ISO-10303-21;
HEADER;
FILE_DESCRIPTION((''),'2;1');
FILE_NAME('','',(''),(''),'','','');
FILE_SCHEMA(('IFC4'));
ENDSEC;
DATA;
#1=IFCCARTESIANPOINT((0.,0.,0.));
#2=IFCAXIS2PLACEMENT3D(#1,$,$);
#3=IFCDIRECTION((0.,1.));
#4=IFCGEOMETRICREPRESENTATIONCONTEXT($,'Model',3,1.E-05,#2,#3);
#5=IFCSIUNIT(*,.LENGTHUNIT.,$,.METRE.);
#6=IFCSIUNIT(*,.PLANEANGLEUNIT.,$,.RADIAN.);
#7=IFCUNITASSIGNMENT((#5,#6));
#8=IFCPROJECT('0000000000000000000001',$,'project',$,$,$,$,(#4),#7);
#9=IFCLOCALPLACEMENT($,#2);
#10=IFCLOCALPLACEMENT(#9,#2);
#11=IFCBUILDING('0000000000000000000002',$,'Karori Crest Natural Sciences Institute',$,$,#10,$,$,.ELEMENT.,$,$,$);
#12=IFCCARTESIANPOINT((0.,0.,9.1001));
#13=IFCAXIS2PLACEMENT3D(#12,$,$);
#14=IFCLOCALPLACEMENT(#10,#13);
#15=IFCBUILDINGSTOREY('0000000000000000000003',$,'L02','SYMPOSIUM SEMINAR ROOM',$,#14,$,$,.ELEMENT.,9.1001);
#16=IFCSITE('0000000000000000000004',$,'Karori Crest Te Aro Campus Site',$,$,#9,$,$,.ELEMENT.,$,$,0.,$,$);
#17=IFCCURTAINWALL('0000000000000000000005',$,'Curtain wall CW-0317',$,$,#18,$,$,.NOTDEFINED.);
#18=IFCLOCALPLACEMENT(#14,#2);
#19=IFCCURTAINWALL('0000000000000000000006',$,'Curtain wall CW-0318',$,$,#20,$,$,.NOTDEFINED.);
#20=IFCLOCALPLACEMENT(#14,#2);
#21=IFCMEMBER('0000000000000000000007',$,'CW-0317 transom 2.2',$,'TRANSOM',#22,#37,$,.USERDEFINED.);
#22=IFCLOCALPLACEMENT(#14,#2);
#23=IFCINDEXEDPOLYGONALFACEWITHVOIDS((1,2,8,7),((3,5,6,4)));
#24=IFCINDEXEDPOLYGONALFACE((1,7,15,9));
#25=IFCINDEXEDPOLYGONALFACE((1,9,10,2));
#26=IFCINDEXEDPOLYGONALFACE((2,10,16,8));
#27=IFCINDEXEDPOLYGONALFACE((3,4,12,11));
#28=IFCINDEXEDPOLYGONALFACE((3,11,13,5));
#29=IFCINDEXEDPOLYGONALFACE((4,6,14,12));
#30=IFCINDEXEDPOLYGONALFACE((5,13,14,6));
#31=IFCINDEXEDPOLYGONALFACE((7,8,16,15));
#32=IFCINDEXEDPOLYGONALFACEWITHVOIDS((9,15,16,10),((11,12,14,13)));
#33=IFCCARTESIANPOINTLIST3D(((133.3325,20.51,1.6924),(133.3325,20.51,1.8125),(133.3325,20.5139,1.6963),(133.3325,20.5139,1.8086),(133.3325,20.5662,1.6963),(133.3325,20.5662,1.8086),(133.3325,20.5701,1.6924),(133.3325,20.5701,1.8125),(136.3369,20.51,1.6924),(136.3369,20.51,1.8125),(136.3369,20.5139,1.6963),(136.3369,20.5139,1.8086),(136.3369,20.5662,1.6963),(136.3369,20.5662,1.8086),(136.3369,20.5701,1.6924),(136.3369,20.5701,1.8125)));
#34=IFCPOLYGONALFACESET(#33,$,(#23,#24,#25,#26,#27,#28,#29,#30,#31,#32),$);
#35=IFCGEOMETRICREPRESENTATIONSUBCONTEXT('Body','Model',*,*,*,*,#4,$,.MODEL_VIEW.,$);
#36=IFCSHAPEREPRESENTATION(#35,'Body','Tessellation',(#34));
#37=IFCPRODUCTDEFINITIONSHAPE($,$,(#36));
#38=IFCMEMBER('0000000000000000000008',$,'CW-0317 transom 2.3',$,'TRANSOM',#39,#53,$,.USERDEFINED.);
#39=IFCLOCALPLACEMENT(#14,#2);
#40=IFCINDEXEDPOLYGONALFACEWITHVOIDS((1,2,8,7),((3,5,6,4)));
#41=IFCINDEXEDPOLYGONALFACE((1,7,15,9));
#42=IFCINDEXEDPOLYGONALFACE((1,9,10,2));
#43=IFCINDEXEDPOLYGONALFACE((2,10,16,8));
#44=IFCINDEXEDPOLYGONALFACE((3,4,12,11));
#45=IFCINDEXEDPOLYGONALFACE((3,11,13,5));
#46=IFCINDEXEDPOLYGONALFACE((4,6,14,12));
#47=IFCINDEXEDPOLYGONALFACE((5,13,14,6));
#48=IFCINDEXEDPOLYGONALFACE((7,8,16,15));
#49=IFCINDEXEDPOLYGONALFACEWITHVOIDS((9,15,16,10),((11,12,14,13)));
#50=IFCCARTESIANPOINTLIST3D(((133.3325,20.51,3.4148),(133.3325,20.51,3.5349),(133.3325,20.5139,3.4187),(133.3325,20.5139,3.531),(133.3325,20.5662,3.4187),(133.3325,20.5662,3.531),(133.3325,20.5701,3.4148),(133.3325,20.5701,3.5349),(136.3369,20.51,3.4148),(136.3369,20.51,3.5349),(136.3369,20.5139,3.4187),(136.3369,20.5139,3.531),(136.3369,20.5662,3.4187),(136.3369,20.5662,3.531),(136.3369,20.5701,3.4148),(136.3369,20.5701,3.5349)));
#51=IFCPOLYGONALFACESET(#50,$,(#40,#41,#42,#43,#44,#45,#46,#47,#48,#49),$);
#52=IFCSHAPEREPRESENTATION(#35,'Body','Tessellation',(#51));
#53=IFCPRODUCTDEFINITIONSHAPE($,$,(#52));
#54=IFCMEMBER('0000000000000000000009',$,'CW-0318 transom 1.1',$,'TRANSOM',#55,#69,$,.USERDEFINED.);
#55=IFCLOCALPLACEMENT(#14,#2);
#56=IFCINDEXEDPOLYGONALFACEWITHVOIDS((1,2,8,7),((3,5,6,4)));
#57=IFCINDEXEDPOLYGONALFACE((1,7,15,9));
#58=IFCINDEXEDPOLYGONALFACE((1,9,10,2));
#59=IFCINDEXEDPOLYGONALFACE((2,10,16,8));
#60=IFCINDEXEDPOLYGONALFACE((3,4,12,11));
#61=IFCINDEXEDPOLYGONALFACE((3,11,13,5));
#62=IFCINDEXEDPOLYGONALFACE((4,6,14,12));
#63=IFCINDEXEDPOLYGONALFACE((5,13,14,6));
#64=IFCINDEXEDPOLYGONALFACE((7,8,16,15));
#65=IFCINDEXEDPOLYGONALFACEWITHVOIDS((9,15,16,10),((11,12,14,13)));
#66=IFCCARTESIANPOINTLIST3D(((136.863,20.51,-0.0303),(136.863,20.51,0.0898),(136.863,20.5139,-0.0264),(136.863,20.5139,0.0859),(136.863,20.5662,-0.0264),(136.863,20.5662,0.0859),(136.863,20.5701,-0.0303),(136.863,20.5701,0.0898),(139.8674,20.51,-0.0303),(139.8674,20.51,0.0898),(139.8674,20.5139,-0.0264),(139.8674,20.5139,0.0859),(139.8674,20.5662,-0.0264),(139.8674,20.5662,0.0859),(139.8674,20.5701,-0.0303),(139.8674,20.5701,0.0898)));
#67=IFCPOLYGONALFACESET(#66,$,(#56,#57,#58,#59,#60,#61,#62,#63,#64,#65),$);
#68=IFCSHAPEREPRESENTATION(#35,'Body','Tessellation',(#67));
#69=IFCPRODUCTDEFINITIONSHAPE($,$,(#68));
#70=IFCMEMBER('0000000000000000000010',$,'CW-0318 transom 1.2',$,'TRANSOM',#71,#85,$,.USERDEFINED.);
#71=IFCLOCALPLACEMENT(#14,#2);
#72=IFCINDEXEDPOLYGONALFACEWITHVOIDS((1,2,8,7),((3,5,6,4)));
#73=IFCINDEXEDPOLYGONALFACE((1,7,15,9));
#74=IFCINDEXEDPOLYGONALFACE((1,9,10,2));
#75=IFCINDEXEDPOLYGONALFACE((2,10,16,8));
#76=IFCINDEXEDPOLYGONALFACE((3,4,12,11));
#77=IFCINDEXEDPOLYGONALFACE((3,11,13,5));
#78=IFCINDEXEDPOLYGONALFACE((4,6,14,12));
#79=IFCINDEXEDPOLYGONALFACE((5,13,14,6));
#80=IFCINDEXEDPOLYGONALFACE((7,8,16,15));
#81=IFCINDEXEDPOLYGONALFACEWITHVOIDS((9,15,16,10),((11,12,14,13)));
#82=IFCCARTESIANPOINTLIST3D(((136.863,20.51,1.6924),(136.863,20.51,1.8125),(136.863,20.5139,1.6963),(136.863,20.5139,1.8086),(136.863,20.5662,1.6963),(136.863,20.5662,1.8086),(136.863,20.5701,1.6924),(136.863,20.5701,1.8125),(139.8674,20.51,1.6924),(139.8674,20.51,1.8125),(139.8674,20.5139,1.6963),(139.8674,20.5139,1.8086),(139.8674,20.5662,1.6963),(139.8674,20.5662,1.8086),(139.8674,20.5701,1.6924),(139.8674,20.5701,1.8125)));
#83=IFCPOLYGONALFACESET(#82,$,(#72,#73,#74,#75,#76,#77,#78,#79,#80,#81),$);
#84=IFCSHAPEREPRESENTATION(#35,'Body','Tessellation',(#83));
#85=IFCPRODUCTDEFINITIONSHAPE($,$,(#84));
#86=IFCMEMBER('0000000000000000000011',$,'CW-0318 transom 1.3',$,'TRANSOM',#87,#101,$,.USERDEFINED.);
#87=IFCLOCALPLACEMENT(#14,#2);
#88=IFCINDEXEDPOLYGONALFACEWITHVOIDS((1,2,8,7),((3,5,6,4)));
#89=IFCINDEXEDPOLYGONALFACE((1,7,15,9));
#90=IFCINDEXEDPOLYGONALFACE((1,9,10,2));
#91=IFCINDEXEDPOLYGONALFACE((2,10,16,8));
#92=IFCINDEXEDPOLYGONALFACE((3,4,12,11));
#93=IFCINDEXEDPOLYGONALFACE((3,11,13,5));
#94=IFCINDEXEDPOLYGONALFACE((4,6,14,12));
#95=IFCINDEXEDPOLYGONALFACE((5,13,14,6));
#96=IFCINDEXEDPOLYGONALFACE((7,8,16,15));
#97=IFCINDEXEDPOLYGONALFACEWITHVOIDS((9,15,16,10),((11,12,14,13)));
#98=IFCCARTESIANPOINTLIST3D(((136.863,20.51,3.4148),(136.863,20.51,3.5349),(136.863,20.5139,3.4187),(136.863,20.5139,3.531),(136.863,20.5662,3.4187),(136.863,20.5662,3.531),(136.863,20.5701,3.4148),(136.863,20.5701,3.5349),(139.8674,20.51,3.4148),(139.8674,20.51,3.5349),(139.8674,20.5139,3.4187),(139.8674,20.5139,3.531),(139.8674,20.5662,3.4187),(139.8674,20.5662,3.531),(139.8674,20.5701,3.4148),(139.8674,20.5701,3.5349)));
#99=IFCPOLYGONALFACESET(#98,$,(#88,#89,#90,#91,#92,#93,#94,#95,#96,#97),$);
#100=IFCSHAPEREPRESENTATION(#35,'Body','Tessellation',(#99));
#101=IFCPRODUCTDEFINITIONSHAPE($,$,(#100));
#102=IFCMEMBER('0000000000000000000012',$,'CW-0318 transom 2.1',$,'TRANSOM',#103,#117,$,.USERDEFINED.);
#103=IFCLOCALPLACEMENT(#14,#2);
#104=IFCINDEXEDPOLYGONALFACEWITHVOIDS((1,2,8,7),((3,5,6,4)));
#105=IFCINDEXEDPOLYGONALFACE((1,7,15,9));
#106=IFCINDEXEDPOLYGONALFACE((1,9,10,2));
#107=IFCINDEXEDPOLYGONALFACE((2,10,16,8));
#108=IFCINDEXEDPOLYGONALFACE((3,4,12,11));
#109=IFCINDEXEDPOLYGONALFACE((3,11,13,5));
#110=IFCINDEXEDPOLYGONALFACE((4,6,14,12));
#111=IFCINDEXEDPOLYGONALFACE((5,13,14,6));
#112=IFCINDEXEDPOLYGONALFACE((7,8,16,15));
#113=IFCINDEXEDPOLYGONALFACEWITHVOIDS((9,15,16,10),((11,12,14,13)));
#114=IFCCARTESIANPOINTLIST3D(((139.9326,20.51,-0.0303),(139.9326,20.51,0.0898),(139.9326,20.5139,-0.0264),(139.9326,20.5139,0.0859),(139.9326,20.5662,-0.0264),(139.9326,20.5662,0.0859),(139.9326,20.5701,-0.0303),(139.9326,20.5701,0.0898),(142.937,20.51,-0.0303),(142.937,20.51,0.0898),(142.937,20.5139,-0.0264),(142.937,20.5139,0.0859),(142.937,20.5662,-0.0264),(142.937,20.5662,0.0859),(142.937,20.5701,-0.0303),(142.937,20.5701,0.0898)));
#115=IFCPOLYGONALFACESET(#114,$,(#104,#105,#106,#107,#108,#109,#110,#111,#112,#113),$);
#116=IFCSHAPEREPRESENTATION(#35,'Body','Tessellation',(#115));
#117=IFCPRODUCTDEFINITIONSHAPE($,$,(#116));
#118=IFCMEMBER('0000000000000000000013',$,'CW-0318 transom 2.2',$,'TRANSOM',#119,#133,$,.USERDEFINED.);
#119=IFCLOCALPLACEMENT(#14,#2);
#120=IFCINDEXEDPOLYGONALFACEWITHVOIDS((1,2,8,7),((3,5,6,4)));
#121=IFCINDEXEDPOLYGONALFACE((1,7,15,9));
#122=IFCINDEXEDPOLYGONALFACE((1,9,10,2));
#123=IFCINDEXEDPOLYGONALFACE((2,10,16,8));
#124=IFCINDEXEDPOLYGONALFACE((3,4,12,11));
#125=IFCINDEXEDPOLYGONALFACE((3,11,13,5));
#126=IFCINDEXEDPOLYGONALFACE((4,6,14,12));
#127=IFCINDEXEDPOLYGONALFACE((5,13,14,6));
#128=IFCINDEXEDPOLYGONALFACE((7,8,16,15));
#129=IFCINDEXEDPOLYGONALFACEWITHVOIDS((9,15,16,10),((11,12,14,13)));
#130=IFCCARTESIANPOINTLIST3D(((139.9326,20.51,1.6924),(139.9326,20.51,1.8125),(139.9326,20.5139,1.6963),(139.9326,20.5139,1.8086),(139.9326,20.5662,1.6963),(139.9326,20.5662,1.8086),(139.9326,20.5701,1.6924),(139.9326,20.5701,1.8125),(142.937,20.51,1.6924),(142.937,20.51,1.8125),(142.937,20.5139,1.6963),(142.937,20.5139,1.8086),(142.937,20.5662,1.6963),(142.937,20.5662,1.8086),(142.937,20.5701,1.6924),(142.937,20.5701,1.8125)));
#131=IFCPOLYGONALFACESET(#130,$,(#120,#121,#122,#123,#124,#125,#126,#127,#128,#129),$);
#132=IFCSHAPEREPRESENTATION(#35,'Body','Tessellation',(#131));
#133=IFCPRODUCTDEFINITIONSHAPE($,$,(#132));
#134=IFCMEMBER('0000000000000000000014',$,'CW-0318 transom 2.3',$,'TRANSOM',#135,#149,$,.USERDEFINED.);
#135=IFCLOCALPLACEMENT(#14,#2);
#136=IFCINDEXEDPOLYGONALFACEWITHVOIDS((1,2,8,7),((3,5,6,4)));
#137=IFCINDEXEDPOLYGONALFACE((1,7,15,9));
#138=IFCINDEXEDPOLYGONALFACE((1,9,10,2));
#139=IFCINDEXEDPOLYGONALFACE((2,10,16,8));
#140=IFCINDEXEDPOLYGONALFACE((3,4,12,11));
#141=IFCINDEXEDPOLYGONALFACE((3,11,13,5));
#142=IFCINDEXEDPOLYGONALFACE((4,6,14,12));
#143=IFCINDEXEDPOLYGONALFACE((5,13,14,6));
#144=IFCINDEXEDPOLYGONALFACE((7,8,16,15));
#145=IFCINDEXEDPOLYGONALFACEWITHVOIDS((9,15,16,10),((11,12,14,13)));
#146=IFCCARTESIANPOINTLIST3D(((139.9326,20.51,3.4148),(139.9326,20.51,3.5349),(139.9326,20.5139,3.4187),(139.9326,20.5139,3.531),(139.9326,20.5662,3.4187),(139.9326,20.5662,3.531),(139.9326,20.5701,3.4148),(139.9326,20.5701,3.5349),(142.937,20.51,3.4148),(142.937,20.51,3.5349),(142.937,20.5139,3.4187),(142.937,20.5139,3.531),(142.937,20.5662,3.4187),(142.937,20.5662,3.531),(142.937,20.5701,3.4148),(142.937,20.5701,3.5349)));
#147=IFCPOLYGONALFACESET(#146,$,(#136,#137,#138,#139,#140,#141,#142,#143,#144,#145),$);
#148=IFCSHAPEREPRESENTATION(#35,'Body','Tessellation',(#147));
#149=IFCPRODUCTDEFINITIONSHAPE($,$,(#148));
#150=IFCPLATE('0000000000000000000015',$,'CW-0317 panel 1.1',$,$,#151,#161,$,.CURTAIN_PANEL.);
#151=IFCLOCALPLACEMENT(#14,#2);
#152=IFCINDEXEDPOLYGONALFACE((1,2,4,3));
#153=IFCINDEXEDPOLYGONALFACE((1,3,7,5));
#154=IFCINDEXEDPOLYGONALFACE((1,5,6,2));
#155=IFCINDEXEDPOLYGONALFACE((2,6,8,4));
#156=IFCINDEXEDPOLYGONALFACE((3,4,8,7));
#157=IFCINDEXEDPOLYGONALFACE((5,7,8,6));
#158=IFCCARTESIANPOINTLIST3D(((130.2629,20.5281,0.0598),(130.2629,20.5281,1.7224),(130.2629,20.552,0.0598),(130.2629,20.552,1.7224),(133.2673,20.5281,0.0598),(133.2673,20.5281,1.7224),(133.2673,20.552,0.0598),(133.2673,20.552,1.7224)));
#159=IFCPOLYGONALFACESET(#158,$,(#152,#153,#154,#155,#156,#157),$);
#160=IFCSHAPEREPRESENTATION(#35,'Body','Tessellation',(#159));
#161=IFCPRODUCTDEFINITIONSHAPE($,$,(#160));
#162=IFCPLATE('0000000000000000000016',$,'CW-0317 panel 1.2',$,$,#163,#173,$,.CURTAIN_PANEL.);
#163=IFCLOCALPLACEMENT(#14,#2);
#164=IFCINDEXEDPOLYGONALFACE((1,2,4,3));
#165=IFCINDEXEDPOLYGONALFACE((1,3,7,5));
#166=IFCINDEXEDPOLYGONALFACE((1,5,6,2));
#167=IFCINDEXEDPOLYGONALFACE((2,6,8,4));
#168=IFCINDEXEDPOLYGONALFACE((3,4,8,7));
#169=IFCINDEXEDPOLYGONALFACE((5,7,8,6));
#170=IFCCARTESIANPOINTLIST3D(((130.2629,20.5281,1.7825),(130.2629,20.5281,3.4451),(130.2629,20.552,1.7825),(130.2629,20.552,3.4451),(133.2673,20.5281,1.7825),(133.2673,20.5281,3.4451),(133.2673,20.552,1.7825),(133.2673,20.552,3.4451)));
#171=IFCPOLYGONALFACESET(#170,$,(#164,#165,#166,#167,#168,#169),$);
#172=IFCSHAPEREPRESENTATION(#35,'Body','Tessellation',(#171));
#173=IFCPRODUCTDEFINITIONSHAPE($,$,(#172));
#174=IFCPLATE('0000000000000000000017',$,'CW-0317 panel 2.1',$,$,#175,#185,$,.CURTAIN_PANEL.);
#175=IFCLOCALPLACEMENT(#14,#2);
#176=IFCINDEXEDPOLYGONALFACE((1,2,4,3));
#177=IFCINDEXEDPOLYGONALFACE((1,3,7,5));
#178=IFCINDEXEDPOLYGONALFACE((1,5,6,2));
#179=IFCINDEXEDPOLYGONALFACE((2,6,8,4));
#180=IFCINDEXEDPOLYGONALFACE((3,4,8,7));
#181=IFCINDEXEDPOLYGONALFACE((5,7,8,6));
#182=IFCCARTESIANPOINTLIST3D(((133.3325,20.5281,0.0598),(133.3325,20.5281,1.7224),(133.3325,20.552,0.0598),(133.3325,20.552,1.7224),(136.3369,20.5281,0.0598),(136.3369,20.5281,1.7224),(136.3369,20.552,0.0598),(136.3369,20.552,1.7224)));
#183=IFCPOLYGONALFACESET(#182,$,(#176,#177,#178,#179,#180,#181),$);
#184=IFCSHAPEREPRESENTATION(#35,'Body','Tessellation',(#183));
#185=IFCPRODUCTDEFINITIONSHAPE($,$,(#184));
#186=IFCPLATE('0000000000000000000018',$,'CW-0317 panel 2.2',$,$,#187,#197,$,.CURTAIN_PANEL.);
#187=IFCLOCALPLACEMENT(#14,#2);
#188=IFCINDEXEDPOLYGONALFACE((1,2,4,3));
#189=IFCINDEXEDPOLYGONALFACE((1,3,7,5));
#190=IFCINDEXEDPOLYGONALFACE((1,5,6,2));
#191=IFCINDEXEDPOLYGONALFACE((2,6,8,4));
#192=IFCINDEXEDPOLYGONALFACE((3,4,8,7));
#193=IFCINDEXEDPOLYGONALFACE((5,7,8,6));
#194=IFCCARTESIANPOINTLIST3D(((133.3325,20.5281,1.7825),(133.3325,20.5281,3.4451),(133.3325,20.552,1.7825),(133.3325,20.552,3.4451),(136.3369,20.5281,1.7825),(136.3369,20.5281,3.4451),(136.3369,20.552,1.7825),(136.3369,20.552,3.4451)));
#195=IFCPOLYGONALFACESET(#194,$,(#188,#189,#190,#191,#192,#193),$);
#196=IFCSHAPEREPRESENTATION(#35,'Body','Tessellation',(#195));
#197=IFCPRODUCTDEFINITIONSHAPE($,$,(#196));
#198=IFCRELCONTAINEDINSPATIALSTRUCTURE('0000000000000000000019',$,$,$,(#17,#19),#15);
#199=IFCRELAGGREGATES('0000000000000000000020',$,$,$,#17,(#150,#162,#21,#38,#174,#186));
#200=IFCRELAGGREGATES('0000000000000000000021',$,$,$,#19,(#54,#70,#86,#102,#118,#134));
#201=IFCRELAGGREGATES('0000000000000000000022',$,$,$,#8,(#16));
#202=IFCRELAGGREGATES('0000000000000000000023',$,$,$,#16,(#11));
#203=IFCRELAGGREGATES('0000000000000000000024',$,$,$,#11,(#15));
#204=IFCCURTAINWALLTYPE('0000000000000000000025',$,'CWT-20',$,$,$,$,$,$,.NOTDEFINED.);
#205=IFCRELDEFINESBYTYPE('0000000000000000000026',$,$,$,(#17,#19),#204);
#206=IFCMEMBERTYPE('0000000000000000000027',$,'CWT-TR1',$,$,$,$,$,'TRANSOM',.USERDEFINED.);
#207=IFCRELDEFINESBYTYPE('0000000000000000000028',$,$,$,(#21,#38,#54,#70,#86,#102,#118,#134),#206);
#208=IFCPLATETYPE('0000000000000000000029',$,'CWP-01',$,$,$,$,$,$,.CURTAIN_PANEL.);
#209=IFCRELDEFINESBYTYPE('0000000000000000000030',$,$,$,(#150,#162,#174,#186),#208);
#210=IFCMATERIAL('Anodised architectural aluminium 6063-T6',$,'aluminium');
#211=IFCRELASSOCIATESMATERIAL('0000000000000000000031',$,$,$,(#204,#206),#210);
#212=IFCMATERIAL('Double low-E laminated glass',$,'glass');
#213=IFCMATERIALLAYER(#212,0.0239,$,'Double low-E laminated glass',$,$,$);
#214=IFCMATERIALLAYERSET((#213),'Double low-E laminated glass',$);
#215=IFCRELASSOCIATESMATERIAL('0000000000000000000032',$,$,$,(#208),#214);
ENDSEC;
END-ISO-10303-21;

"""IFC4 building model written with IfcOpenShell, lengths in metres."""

from ifc_helpers import new_model, si_unit, direction, frame, origin, origin_2d, place, context, subcontext, project, spatial, rectangle, hollow_rectangle, extrude, material, layer, layer_set, material_profile, profile_set, type_object, element, aggregate, save


model = new_model("IFC4")

# Units and contexts
model_context = context("Model", 3, precision=1e-05, world=origin(), true_north=direction((0.0, 1.0)))
body_context = subcontext(model_context, "Body", "Model", "MODEL_VIEW")
ifc_project = project(units=[si_unit("LENGTHUNIT", "METRE"), si_unit("PLANEANGLEUNIT", "RADIAN")], contexts=[model_context])

# Site, building, storey
site_placement = place(None, origin())
site = spatial("IfcSite", under=ifc_project, at=site_placement, Name="Karori Crest Te Aro Campus Site", CompositionType="ELEMENT", RefElevation=0.0)
building_placement = place(site_placement, origin())
building = spatial("IfcBuilding", under=site, at=building_placement, Name="Karori Crest Natural Sciences Institute", CompositionType="ELEMENT")
storey_placement = place(building_placement, frame((0.0, 0.0, 9.1001)))
storey = spatial("IfcBuildingStorey", under=building, at=storey_placement, Name="L02", Description="SYMPOSIUM SEMINAR ROOM", CompositionType="ELEMENT", Elevation=9.1001)

# Curtain walls
ifc_material_1 = material(Name="Anodised architectural aluminium 6063-T6", Category="aluminium")
curtain_wall_type = type_object("IfcCurtainWallType", Name="CWT-20", PredefinedType="NOTDEFINED", material=ifc_material_1)
curtain_wall_1_placement = place(storey_placement, origin())
curtain_wall_1 = element("IfcCurtainWall", 1, at=curtain_wall_1_placement, inside=storey, type_object=curtain_wall_type, Name="Curtain wall CW-0317", PredefinedType="NOTDEFINED")
curtain_wall_2_placement = place(storey_placement, origin())
curtain_wall_2 = element("IfcCurtainWall", 2, at=curtain_wall_2_placement, inside=storey, type_object=curtain_wall_type, Name="Curtain wall CW-0318", PredefinedType="NOTDEFINED")

# Members
ifc_material_profile_1 = material_profile(ifc_material_1, hollow_rectangle(XDim=0.0601, YDim=0.1201, WallThickness=0.0039, at=origin_2d()), Name="CWT120x60x4")
ifc_profile_set_1 = profile_set([ifc_material_profile_1], Name="Anodised architectural aluminium 6063-T6")
member_type_1 = type_object("IfcMemberType", Name="CWT-TR1", ElementType="TRANSOM", PredefinedType="USERDEFINED", material=ifc_profile_set_1)
member_1_placement = place(storey_placement, frame((133.3325, 20.54, 1.7524), z_axis=(1.0, 0.0, 0.0), x_axis=(0.0, 1.0, 0.0)))
member_1 = element("IfcMember", 3, at=member_1_placement, type_object=member_type_1, Name="CW-0317 transom 2.2", ObjectType="TRANSOM", PredefinedType="USERDEFINED", context=body_context, shape_type="SweptSolid", body=[
    extrude(hollow_rectangle(XDim=0.0601, YDim=0.1201, WallThickness=0.0039, at=origin_2d()), origin(), (0.0, 0.0, 1.0), 3.0044),
])
member_2_placement = place(storey_placement, frame((133.3325, 20.54, 3.4749), z_axis=(1.0, 0.0, 0.0), x_axis=(0.0, 1.0, 0.0)))
member_2 = element("IfcMember", 4, at=member_2_placement, type_object=member_type_1, Name="CW-0317 transom 2.3", ObjectType="TRANSOM", PredefinedType="USERDEFINED", context=body_context, shape_type="SweptSolid", body=[
    extrude(hollow_rectangle(XDim=0.0601, YDim=0.1201, WallThickness=0.0039, at=origin_2d()), origin(), (0.0, 0.0, 1.0), 3.0044),
])
member_3_placement = place(storey_placement, frame((136.863, 20.54, 0.0298), z_axis=(1.0, 0.0, 0.0), x_axis=(0.0, 1.0, 0.0)))
member_3 = element("IfcMember", 5, at=member_3_placement, type_object=member_type_1, Name="CW-0318 transom 1.1", ObjectType="TRANSOM", PredefinedType="USERDEFINED", context=body_context, shape_type="SweptSolid", body=[
    extrude(hollow_rectangle(XDim=0.0601, YDim=0.1201, WallThickness=0.0039, at=origin_2d()), origin(), (0.0, 0.0, 1.0), 3.0044),
])
member_4_placement = place(storey_placement, frame((136.863, 20.54, 1.7524), z_axis=(1.0, 0.0, 0.0), x_axis=(0.0, 1.0, 0.0)))
member_4 = element("IfcMember", 6, at=member_4_placement, type_object=member_type_1, Name="CW-0318 transom 1.2", ObjectType="TRANSOM", PredefinedType="USERDEFINED", context=body_context, shape_type="SweptSolid", body=[
    extrude(hollow_rectangle(XDim=0.0601, YDim=0.1201, WallThickness=0.0039, at=origin_2d()), origin(), (0.0, 0.0, 1.0), 3.0044),
])
member_5_placement = place(storey_placement, frame((136.863, 20.54, 3.4749), z_axis=(1.0, 0.0, 0.0), x_axis=(0.0, 1.0, 0.0)))
member_5 = element("IfcMember", 7, at=member_5_placement, type_object=member_type_1, Name="CW-0318 transom 1.3", ObjectType="TRANSOM", PredefinedType="USERDEFINED", context=body_context, shape_type="SweptSolid", body=[
    extrude(hollow_rectangle(XDim=0.0601, YDim=0.1201, WallThickness=0.0039, at=origin_2d()), origin(), (0.0, 0.0, 1.0), 3.0044),
])
member_6_placement = place(storey_placement, frame((139.9326, 20.54, 0.0298), z_axis=(1.0, 0.0, 0.0), x_axis=(0.0, 1.0, 0.0)))
member_6 = element("IfcMember", 8, at=member_6_placement, type_object=member_type_1, Name="CW-0318 transom 2.1", ObjectType="TRANSOM", PredefinedType="USERDEFINED", context=body_context, shape_type="SweptSolid", body=[
    extrude(hollow_rectangle(XDim=0.0601, YDim=0.1201, WallThickness=0.0039, at=origin_2d()), origin(), (0.0, 0.0, 1.0), 3.0044),
])
member_7_placement = place(storey_placement, frame((139.9326, 20.54, 1.7524), z_axis=(1.0, 0.0, 0.0), x_axis=(0.0, 1.0, 0.0)))
member_7 = element("IfcMember", 9, at=member_7_placement, type_object=member_type_1, Name="CW-0318 transom 2.2", ObjectType="TRANSOM", PredefinedType="USERDEFINED", context=body_context, shape_type="SweptSolid", body=[
    extrude(hollow_rectangle(XDim=0.0601, YDim=0.1201, WallThickness=0.0039, at=origin_2d()), origin(), (0.0, 0.0, 1.0), 3.0044),
])
member_8_placement = place(storey_placement, frame((139.9326, 20.54, 3.4749), z_axis=(1.0, 0.0, 0.0), x_axis=(0.0, 1.0, 0.0)))
member_8 = element("IfcMember", 10, at=member_8_placement, type_object=member_type_1, Name="CW-0318 transom 2.3", ObjectType="TRANSOM", PredefinedType="USERDEFINED", context=body_context, shape_type="SweptSolid", body=[
    extrude(hollow_rectangle(XDim=0.0601, YDim=0.1201, WallThickness=0.0039, at=origin_2d()), origin(), (0.0, 0.0, 1.0), 3.0044),
])

# Plates
ifc_material_2 = material(Name="Double low-E laminated glass", Category="glass")
ifc_layer = layer(ifc_material_2, 0.0239, Name="Double low-E laminated glass")
ifc_layer_set = layer_set([ifc_layer], Name="Double low-E laminated glass")
plate_type = type_object("IfcPlateType", Name="CWP-01", PredefinedType="CURTAIN_PANEL", material=ifc_layer_set)
plate_1_placement = place(storey_placement, frame((131.7651, 20.54, 0.0598), z_axis=(0.0, 0.0, 1.0), x_axis=(1.0, 0.0, 0.0)))
plate_1 = element("IfcPlate", 11, at=plate_1_placement, type_object=plate_type, Name="CW-0317 panel 1.1", PredefinedType="CURTAIN_PANEL", context=body_context, shape_type="SweptSolid", body=[
    extrude(rectangle(XDim=3.0044, YDim=0.0239, at=origin_2d()), origin(), (0.0, 0.0, 1.0), 1.6626),
])
plate_2_placement = place(storey_placement, frame((131.7651, 20.54, 1.7825), z_axis=(0.0, 0.0, 1.0), x_axis=(1.0, 0.0, 0.0)))
plate_2 = element("IfcPlate", 12, at=plate_2_placement, type_object=plate_type, Name="CW-0317 panel 1.2", PredefinedType="CURTAIN_PANEL", context=body_context, shape_type="SweptSolid", body=[
    extrude(rectangle(XDim=3.0044, YDim=0.0239, at=origin_2d()), origin(), (0.0, 0.0, 1.0), 1.6626),
])
plate_3_placement = place(storey_placement, frame((134.8347, 20.54, 0.0598), z_axis=(0.0, 0.0, 1.0), x_axis=(1.0, 0.0, 0.0)))
plate_3 = element("IfcPlate", 13, at=plate_3_placement, type_object=plate_type, Name="CW-0317 panel 2.1", PredefinedType="CURTAIN_PANEL", context=body_context, shape_type="SweptSolid", body=[
    extrude(rectangle(XDim=3.0044, YDim=0.0239, at=origin_2d()), origin(), (0.0, 0.0, 1.0), 1.6626),
])
plate_4_placement = place(storey_placement, frame((134.8347, 20.54, 1.7825), z_axis=(0.0, 0.0, 1.0), x_axis=(1.0, 0.0, 0.0)))
plate_4 = element("IfcPlate", 14, at=plate_4_placement, type_object=plate_type, Name="CW-0317 panel 2.2", PredefinedType="CURTAIN_PANEL", context=body_context, shape_type="SweptSolid", body=[
    extrude(rectangle(XDim=3.0044, YDim=0.0239, at=origin_2d()), origin(), (0.0, 0.0, 1.0), 1.6626),
])
aggregate(curtain_wall_1, [plate_1, plate_2, member_1, member_2, plate_3, plate_4])
aggregate(curtain_wall_2, [member_3, member_4, member_5, member_6, member_7, member_8])

save(model, "model.ifc")
